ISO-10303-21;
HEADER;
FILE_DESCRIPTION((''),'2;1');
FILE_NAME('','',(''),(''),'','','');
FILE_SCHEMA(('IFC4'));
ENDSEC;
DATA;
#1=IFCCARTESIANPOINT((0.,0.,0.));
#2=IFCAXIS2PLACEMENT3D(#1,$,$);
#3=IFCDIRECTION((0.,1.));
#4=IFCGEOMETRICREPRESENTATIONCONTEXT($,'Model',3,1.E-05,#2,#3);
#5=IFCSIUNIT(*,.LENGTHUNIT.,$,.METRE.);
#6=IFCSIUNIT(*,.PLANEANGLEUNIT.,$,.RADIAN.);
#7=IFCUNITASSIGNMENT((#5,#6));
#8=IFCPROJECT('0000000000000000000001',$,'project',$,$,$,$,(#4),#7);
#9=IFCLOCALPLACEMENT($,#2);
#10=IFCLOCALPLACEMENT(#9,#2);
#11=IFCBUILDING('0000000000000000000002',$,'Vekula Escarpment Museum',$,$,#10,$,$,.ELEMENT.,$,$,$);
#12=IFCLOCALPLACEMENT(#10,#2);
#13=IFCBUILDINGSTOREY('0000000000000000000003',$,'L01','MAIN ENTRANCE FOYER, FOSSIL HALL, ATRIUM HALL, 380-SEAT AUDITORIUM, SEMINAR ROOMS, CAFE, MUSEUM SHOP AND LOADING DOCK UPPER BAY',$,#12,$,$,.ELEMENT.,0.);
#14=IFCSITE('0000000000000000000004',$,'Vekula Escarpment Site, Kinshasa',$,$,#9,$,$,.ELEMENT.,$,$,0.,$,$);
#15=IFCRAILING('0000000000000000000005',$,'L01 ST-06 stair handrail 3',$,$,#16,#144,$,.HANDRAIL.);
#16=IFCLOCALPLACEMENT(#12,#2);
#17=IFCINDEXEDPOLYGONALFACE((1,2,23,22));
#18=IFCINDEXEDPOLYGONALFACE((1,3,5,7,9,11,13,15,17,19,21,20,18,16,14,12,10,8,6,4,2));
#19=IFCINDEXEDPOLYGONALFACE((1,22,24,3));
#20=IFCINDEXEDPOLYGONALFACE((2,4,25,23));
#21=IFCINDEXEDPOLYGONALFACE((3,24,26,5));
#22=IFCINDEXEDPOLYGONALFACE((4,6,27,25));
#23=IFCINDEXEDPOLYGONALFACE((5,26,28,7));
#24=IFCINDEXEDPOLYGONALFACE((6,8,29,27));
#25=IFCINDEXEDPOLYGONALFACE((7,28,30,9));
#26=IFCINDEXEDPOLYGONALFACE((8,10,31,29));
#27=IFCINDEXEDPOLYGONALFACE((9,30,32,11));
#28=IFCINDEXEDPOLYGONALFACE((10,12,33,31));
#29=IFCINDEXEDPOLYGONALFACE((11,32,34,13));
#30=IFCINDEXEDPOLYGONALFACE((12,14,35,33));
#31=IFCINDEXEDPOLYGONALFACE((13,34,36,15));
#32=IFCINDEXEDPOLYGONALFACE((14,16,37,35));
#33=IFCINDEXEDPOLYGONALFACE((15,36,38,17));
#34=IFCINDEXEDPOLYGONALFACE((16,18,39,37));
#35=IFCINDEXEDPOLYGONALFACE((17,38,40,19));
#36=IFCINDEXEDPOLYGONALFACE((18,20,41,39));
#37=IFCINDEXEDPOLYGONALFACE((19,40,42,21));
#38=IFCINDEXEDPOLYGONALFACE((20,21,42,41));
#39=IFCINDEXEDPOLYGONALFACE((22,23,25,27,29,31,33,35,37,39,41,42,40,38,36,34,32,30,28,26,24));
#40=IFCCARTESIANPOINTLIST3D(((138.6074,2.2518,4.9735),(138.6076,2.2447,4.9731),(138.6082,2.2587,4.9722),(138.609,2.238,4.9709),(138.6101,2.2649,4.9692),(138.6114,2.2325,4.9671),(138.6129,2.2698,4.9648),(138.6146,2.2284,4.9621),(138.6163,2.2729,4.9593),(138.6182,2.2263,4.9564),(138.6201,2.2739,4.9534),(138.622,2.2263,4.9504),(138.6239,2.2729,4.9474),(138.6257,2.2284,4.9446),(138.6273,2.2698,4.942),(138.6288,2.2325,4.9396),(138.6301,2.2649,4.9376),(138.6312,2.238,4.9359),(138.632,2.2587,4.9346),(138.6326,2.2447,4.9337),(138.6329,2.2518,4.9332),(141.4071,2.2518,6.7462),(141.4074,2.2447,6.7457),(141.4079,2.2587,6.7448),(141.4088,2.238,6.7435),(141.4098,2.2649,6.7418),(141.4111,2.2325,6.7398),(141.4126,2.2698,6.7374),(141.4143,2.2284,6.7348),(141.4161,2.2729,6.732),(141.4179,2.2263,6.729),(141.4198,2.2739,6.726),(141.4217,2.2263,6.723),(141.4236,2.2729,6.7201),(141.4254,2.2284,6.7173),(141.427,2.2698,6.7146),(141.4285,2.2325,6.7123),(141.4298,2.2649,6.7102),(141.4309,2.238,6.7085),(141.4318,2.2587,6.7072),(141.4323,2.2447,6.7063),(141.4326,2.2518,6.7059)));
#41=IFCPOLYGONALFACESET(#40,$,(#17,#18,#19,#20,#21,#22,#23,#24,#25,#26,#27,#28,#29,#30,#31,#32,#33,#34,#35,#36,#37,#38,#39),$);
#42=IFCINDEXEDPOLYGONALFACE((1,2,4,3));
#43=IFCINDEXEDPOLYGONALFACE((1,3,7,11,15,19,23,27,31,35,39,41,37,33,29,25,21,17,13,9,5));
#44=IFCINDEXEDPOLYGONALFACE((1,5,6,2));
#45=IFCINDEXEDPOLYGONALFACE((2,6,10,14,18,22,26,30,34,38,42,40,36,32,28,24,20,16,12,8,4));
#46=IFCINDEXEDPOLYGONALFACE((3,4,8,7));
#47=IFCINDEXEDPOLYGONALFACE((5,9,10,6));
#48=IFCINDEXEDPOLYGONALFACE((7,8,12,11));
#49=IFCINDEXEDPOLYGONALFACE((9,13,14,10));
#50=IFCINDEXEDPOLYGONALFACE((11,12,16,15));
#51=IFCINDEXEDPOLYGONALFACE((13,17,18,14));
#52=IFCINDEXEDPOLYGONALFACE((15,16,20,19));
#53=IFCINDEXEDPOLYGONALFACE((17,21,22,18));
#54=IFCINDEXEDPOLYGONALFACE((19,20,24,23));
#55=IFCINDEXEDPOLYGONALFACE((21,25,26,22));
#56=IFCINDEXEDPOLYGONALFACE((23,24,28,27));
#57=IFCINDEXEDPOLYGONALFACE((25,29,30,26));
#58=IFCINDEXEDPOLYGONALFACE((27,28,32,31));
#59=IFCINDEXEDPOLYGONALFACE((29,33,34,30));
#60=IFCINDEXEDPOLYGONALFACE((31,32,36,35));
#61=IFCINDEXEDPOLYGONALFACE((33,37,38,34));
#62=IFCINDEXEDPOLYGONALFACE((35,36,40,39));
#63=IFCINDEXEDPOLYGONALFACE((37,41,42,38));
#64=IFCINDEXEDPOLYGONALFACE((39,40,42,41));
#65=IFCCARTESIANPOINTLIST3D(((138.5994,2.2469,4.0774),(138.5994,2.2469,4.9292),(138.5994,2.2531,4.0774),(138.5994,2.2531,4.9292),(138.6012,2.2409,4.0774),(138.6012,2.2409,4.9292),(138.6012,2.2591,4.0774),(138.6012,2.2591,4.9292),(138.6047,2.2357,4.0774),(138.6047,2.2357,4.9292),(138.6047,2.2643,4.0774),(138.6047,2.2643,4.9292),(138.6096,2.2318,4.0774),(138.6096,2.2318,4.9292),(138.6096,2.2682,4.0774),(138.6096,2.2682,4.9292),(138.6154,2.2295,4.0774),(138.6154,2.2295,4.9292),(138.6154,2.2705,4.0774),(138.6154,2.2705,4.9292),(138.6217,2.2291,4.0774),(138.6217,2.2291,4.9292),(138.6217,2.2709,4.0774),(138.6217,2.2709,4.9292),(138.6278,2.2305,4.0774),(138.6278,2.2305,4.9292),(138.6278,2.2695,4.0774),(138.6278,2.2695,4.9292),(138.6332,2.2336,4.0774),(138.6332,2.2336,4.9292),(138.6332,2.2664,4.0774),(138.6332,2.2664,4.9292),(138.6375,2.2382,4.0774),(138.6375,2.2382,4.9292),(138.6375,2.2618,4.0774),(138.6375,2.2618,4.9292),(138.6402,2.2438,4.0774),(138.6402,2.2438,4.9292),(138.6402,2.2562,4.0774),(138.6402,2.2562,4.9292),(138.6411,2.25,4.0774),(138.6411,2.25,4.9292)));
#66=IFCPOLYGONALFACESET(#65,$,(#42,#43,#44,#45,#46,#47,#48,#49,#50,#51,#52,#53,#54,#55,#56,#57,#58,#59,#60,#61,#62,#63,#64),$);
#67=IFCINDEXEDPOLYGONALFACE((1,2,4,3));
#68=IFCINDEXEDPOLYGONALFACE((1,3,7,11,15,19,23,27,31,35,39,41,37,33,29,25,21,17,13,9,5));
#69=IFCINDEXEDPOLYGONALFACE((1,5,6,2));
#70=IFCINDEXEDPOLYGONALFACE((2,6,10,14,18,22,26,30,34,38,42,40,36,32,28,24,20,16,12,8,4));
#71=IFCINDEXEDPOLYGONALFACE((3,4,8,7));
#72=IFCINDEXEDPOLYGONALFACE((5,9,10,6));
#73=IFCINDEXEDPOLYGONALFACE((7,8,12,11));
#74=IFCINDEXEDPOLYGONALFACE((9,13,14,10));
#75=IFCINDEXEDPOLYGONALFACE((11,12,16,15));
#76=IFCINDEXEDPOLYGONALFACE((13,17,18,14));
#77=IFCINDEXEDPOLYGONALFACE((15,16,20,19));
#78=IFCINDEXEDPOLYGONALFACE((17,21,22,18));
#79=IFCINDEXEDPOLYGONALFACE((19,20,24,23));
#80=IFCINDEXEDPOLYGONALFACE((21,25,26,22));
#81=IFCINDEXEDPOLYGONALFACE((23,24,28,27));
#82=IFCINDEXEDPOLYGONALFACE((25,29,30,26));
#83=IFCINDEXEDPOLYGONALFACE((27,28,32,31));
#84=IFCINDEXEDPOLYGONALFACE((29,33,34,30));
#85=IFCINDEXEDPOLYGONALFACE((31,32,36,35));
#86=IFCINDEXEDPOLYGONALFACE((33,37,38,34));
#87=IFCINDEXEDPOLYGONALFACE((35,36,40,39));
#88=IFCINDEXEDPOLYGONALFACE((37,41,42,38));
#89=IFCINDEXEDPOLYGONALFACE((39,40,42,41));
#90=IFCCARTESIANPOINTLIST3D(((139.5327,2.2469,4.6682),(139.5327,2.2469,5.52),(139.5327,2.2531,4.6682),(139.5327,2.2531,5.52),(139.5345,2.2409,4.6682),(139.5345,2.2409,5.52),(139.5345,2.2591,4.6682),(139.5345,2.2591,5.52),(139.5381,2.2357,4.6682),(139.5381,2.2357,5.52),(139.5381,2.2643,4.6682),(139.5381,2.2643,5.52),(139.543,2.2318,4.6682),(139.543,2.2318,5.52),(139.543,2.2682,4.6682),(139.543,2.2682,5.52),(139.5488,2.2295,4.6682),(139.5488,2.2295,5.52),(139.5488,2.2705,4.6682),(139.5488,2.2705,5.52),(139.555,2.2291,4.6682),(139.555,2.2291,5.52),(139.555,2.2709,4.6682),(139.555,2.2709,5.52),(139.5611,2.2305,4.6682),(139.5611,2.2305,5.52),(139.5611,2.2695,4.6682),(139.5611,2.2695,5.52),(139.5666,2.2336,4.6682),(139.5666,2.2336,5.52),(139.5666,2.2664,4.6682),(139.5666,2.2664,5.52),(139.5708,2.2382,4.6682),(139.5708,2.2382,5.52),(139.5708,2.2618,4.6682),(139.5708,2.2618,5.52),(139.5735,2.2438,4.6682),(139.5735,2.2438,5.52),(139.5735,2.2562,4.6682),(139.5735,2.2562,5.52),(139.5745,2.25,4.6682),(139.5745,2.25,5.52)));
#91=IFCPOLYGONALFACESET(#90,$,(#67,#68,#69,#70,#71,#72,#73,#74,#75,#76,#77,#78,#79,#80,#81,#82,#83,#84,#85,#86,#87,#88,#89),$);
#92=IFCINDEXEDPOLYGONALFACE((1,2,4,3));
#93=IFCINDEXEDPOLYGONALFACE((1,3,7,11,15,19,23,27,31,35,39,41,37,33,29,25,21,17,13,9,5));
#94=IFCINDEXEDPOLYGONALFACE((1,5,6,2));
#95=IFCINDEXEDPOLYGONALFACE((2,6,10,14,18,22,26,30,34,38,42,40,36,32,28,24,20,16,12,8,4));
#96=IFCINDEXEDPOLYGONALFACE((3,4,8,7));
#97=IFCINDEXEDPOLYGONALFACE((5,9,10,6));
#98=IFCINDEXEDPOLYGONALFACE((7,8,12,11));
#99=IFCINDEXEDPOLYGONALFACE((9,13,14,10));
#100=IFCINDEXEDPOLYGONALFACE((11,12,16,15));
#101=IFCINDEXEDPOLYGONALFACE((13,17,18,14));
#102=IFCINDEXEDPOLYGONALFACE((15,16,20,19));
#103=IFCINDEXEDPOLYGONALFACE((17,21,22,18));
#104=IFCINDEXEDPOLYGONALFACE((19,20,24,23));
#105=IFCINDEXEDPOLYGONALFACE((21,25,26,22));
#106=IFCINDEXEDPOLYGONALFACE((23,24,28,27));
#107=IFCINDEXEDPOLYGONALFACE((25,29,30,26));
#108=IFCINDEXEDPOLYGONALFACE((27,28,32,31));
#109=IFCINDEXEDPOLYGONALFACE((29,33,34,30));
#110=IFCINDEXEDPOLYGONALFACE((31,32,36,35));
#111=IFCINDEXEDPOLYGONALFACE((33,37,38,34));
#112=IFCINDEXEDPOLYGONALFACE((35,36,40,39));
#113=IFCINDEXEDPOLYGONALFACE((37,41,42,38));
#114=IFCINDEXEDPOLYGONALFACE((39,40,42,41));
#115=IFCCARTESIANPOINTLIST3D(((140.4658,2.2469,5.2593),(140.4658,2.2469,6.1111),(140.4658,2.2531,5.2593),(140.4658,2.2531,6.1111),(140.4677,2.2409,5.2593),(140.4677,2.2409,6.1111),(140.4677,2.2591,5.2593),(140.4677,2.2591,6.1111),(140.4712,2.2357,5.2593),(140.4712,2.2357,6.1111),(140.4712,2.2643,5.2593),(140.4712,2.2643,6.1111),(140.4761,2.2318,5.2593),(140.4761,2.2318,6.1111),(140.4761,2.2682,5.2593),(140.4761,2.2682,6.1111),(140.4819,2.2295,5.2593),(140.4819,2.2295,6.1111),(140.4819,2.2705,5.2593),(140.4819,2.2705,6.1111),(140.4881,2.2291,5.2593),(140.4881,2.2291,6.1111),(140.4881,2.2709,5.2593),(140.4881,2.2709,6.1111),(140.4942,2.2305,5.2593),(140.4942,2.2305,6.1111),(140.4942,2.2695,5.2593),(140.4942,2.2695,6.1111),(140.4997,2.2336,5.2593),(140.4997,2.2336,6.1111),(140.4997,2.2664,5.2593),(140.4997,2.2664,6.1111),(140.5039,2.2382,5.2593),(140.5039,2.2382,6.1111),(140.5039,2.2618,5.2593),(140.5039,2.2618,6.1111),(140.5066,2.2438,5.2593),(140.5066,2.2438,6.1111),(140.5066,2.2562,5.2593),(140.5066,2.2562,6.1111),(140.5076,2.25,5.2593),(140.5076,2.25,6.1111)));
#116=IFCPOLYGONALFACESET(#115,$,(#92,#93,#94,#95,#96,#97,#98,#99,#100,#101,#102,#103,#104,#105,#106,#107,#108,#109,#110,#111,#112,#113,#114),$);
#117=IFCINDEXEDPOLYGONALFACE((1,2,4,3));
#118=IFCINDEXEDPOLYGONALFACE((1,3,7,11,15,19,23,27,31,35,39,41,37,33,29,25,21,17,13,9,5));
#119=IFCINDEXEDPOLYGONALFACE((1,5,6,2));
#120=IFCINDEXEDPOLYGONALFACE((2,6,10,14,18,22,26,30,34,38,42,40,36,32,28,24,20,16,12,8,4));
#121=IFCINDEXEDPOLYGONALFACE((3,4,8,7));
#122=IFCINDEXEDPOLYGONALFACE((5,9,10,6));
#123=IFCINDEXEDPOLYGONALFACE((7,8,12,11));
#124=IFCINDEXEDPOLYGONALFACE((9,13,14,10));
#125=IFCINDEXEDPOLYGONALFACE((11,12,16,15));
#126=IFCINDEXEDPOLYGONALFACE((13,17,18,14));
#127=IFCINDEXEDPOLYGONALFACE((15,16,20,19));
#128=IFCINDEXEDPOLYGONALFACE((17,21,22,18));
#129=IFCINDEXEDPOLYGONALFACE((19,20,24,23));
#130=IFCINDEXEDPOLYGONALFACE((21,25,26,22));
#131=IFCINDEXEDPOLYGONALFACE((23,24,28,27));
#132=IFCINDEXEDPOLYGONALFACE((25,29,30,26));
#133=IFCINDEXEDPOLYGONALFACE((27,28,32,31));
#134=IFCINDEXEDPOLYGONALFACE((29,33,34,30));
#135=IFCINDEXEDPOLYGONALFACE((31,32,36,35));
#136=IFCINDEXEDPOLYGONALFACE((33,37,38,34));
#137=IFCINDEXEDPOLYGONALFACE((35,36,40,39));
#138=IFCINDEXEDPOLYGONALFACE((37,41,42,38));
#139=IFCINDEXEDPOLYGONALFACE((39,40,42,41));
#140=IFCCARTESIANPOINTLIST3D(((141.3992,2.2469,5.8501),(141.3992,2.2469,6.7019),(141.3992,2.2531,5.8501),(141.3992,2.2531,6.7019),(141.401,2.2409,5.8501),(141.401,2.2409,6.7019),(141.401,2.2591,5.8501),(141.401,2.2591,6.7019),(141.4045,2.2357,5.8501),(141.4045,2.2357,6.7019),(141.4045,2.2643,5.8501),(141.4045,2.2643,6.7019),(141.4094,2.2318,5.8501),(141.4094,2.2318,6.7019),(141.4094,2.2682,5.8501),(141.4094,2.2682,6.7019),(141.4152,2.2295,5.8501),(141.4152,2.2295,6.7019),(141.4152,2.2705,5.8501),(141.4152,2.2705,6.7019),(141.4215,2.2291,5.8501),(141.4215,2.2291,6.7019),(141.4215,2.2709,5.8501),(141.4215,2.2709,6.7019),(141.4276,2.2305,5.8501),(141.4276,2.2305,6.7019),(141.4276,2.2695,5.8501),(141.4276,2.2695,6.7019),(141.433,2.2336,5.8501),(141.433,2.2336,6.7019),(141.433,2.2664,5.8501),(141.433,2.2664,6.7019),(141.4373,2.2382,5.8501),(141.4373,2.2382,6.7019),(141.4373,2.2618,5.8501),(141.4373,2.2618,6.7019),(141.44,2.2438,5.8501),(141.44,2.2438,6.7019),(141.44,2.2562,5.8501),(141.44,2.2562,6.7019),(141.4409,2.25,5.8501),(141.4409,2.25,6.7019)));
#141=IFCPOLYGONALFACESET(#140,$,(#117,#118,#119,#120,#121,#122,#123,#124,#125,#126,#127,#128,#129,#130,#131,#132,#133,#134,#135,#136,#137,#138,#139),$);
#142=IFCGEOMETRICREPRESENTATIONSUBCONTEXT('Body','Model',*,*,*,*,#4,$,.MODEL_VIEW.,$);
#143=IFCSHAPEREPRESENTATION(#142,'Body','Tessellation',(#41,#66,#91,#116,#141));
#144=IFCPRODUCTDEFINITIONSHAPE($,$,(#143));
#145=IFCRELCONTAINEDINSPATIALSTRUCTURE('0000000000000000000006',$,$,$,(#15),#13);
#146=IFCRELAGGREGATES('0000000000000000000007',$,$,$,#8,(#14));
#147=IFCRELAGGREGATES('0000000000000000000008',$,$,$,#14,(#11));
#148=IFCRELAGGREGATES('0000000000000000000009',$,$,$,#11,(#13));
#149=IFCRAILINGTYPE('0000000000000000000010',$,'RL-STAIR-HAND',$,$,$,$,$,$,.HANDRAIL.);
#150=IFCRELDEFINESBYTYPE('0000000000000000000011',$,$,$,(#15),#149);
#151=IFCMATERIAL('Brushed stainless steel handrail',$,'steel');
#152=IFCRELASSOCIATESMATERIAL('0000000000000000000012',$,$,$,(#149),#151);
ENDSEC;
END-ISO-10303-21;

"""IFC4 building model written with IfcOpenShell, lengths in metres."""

from ifc_helpers import new_model, si_unit, direction, frame, origin, origin_2d, place, context, subcontext, project, spatial, circle, extrude, material, type_object, element, save


model = new_model("IFC4")

# Units and contexts
model_context = context("Model", 3, precision=1e-05, world=origin(), true_north=direction((0.0, 1.0)))
body_context = subcontext(model_context, "Body", "Model", "MODEL_VIEW")
ifc_project = project(units=[si_unit("LENGTHUNIT", "METRE"), si_unit("PLANEANGLEUNIT", "RADIAN")], contexts=[model_context])

# Site, building, storey
site_placement = place(None, origin())
site = spatial("IfcSite", under=ifc_project, at=site_placement, Name="Vekula Escarpment Site, Kinshasa", CompositionType="ELEMENT", RefElevation=0.0)
building_placement = place(site_placement, origin())
building = spatial("IfcBuilding", under=site, at=building_placement, Name="Vekula Escarpment Museum", CompositionType="ELEMENT")
storey_placement = place(building_placement, origin())
storey = spatial("IfcBuildingStorey", under=building, at=storey_placement, Name="L01", Description="MAIN ENTRANCE FOYER, FOSSIL HALL, ATRIUM HALL, 380-SEAT AUDITORIUM, SEMINAR ROOMS, CAFE, MUSEUM SHOP AND LOADING DOCK UPPER BAY", CompositionType="ELEMENT", Elevation=0.0)

# Railing
ifc_material_1 = material(Name="Brushed stainless steel handrail", Category="steel")
railing_type_1 = type_object("IfcRailingType", Name="RL-STAIR-HAND", PredefinedType="HANDRAIL", material=ifc_material_1)
for number, where, name in (
    (1, (138.6201, 2.25, 4.0774), "L01 ST-06 stair handrail 3"),
):
    element("IfcRailing", number, at=place(storey_placement, frame(where)), inside=storey, type_object=railing_type_1, Name=name, PredefinedType="HANDRAIL", context=body_context, shape_type="SweptSolid", body=[
        extrude(circle(Radius=0.0239, at=origin_2d()), frame((0.0, 0.0, 0.876), z_axis=(0.844888, 0.0, 0.534943), x_axis=(0.0, 1.0, 0.0)), (0.0, 0.0, 1.0), 3.3137),
        extrude(circle(Radius=0.021, at=origin_2d()), origin(), (0.0, 0.0, 1.0), 0.8518),
        extrude(circle(Radius=0.021, at=origin_2d()), frame((0.9333, 0.0, 0.5908)), (0.0, 0.0, 1.0), 0.8518),
        extrude(circle(Radius=0.021, at=origin_2d()), frame((1.8665, 0.0, 1.1819)), (0.0, 0.0, 1.0), 0.8518),
        extrude(circle(Radius=0.021, at=origin_2d()), frame((2.7998, 0.0, 1.7727)), (0.0, 0.0, 1.0), 0.8518),
    ])

save(model, "model.ifc")
